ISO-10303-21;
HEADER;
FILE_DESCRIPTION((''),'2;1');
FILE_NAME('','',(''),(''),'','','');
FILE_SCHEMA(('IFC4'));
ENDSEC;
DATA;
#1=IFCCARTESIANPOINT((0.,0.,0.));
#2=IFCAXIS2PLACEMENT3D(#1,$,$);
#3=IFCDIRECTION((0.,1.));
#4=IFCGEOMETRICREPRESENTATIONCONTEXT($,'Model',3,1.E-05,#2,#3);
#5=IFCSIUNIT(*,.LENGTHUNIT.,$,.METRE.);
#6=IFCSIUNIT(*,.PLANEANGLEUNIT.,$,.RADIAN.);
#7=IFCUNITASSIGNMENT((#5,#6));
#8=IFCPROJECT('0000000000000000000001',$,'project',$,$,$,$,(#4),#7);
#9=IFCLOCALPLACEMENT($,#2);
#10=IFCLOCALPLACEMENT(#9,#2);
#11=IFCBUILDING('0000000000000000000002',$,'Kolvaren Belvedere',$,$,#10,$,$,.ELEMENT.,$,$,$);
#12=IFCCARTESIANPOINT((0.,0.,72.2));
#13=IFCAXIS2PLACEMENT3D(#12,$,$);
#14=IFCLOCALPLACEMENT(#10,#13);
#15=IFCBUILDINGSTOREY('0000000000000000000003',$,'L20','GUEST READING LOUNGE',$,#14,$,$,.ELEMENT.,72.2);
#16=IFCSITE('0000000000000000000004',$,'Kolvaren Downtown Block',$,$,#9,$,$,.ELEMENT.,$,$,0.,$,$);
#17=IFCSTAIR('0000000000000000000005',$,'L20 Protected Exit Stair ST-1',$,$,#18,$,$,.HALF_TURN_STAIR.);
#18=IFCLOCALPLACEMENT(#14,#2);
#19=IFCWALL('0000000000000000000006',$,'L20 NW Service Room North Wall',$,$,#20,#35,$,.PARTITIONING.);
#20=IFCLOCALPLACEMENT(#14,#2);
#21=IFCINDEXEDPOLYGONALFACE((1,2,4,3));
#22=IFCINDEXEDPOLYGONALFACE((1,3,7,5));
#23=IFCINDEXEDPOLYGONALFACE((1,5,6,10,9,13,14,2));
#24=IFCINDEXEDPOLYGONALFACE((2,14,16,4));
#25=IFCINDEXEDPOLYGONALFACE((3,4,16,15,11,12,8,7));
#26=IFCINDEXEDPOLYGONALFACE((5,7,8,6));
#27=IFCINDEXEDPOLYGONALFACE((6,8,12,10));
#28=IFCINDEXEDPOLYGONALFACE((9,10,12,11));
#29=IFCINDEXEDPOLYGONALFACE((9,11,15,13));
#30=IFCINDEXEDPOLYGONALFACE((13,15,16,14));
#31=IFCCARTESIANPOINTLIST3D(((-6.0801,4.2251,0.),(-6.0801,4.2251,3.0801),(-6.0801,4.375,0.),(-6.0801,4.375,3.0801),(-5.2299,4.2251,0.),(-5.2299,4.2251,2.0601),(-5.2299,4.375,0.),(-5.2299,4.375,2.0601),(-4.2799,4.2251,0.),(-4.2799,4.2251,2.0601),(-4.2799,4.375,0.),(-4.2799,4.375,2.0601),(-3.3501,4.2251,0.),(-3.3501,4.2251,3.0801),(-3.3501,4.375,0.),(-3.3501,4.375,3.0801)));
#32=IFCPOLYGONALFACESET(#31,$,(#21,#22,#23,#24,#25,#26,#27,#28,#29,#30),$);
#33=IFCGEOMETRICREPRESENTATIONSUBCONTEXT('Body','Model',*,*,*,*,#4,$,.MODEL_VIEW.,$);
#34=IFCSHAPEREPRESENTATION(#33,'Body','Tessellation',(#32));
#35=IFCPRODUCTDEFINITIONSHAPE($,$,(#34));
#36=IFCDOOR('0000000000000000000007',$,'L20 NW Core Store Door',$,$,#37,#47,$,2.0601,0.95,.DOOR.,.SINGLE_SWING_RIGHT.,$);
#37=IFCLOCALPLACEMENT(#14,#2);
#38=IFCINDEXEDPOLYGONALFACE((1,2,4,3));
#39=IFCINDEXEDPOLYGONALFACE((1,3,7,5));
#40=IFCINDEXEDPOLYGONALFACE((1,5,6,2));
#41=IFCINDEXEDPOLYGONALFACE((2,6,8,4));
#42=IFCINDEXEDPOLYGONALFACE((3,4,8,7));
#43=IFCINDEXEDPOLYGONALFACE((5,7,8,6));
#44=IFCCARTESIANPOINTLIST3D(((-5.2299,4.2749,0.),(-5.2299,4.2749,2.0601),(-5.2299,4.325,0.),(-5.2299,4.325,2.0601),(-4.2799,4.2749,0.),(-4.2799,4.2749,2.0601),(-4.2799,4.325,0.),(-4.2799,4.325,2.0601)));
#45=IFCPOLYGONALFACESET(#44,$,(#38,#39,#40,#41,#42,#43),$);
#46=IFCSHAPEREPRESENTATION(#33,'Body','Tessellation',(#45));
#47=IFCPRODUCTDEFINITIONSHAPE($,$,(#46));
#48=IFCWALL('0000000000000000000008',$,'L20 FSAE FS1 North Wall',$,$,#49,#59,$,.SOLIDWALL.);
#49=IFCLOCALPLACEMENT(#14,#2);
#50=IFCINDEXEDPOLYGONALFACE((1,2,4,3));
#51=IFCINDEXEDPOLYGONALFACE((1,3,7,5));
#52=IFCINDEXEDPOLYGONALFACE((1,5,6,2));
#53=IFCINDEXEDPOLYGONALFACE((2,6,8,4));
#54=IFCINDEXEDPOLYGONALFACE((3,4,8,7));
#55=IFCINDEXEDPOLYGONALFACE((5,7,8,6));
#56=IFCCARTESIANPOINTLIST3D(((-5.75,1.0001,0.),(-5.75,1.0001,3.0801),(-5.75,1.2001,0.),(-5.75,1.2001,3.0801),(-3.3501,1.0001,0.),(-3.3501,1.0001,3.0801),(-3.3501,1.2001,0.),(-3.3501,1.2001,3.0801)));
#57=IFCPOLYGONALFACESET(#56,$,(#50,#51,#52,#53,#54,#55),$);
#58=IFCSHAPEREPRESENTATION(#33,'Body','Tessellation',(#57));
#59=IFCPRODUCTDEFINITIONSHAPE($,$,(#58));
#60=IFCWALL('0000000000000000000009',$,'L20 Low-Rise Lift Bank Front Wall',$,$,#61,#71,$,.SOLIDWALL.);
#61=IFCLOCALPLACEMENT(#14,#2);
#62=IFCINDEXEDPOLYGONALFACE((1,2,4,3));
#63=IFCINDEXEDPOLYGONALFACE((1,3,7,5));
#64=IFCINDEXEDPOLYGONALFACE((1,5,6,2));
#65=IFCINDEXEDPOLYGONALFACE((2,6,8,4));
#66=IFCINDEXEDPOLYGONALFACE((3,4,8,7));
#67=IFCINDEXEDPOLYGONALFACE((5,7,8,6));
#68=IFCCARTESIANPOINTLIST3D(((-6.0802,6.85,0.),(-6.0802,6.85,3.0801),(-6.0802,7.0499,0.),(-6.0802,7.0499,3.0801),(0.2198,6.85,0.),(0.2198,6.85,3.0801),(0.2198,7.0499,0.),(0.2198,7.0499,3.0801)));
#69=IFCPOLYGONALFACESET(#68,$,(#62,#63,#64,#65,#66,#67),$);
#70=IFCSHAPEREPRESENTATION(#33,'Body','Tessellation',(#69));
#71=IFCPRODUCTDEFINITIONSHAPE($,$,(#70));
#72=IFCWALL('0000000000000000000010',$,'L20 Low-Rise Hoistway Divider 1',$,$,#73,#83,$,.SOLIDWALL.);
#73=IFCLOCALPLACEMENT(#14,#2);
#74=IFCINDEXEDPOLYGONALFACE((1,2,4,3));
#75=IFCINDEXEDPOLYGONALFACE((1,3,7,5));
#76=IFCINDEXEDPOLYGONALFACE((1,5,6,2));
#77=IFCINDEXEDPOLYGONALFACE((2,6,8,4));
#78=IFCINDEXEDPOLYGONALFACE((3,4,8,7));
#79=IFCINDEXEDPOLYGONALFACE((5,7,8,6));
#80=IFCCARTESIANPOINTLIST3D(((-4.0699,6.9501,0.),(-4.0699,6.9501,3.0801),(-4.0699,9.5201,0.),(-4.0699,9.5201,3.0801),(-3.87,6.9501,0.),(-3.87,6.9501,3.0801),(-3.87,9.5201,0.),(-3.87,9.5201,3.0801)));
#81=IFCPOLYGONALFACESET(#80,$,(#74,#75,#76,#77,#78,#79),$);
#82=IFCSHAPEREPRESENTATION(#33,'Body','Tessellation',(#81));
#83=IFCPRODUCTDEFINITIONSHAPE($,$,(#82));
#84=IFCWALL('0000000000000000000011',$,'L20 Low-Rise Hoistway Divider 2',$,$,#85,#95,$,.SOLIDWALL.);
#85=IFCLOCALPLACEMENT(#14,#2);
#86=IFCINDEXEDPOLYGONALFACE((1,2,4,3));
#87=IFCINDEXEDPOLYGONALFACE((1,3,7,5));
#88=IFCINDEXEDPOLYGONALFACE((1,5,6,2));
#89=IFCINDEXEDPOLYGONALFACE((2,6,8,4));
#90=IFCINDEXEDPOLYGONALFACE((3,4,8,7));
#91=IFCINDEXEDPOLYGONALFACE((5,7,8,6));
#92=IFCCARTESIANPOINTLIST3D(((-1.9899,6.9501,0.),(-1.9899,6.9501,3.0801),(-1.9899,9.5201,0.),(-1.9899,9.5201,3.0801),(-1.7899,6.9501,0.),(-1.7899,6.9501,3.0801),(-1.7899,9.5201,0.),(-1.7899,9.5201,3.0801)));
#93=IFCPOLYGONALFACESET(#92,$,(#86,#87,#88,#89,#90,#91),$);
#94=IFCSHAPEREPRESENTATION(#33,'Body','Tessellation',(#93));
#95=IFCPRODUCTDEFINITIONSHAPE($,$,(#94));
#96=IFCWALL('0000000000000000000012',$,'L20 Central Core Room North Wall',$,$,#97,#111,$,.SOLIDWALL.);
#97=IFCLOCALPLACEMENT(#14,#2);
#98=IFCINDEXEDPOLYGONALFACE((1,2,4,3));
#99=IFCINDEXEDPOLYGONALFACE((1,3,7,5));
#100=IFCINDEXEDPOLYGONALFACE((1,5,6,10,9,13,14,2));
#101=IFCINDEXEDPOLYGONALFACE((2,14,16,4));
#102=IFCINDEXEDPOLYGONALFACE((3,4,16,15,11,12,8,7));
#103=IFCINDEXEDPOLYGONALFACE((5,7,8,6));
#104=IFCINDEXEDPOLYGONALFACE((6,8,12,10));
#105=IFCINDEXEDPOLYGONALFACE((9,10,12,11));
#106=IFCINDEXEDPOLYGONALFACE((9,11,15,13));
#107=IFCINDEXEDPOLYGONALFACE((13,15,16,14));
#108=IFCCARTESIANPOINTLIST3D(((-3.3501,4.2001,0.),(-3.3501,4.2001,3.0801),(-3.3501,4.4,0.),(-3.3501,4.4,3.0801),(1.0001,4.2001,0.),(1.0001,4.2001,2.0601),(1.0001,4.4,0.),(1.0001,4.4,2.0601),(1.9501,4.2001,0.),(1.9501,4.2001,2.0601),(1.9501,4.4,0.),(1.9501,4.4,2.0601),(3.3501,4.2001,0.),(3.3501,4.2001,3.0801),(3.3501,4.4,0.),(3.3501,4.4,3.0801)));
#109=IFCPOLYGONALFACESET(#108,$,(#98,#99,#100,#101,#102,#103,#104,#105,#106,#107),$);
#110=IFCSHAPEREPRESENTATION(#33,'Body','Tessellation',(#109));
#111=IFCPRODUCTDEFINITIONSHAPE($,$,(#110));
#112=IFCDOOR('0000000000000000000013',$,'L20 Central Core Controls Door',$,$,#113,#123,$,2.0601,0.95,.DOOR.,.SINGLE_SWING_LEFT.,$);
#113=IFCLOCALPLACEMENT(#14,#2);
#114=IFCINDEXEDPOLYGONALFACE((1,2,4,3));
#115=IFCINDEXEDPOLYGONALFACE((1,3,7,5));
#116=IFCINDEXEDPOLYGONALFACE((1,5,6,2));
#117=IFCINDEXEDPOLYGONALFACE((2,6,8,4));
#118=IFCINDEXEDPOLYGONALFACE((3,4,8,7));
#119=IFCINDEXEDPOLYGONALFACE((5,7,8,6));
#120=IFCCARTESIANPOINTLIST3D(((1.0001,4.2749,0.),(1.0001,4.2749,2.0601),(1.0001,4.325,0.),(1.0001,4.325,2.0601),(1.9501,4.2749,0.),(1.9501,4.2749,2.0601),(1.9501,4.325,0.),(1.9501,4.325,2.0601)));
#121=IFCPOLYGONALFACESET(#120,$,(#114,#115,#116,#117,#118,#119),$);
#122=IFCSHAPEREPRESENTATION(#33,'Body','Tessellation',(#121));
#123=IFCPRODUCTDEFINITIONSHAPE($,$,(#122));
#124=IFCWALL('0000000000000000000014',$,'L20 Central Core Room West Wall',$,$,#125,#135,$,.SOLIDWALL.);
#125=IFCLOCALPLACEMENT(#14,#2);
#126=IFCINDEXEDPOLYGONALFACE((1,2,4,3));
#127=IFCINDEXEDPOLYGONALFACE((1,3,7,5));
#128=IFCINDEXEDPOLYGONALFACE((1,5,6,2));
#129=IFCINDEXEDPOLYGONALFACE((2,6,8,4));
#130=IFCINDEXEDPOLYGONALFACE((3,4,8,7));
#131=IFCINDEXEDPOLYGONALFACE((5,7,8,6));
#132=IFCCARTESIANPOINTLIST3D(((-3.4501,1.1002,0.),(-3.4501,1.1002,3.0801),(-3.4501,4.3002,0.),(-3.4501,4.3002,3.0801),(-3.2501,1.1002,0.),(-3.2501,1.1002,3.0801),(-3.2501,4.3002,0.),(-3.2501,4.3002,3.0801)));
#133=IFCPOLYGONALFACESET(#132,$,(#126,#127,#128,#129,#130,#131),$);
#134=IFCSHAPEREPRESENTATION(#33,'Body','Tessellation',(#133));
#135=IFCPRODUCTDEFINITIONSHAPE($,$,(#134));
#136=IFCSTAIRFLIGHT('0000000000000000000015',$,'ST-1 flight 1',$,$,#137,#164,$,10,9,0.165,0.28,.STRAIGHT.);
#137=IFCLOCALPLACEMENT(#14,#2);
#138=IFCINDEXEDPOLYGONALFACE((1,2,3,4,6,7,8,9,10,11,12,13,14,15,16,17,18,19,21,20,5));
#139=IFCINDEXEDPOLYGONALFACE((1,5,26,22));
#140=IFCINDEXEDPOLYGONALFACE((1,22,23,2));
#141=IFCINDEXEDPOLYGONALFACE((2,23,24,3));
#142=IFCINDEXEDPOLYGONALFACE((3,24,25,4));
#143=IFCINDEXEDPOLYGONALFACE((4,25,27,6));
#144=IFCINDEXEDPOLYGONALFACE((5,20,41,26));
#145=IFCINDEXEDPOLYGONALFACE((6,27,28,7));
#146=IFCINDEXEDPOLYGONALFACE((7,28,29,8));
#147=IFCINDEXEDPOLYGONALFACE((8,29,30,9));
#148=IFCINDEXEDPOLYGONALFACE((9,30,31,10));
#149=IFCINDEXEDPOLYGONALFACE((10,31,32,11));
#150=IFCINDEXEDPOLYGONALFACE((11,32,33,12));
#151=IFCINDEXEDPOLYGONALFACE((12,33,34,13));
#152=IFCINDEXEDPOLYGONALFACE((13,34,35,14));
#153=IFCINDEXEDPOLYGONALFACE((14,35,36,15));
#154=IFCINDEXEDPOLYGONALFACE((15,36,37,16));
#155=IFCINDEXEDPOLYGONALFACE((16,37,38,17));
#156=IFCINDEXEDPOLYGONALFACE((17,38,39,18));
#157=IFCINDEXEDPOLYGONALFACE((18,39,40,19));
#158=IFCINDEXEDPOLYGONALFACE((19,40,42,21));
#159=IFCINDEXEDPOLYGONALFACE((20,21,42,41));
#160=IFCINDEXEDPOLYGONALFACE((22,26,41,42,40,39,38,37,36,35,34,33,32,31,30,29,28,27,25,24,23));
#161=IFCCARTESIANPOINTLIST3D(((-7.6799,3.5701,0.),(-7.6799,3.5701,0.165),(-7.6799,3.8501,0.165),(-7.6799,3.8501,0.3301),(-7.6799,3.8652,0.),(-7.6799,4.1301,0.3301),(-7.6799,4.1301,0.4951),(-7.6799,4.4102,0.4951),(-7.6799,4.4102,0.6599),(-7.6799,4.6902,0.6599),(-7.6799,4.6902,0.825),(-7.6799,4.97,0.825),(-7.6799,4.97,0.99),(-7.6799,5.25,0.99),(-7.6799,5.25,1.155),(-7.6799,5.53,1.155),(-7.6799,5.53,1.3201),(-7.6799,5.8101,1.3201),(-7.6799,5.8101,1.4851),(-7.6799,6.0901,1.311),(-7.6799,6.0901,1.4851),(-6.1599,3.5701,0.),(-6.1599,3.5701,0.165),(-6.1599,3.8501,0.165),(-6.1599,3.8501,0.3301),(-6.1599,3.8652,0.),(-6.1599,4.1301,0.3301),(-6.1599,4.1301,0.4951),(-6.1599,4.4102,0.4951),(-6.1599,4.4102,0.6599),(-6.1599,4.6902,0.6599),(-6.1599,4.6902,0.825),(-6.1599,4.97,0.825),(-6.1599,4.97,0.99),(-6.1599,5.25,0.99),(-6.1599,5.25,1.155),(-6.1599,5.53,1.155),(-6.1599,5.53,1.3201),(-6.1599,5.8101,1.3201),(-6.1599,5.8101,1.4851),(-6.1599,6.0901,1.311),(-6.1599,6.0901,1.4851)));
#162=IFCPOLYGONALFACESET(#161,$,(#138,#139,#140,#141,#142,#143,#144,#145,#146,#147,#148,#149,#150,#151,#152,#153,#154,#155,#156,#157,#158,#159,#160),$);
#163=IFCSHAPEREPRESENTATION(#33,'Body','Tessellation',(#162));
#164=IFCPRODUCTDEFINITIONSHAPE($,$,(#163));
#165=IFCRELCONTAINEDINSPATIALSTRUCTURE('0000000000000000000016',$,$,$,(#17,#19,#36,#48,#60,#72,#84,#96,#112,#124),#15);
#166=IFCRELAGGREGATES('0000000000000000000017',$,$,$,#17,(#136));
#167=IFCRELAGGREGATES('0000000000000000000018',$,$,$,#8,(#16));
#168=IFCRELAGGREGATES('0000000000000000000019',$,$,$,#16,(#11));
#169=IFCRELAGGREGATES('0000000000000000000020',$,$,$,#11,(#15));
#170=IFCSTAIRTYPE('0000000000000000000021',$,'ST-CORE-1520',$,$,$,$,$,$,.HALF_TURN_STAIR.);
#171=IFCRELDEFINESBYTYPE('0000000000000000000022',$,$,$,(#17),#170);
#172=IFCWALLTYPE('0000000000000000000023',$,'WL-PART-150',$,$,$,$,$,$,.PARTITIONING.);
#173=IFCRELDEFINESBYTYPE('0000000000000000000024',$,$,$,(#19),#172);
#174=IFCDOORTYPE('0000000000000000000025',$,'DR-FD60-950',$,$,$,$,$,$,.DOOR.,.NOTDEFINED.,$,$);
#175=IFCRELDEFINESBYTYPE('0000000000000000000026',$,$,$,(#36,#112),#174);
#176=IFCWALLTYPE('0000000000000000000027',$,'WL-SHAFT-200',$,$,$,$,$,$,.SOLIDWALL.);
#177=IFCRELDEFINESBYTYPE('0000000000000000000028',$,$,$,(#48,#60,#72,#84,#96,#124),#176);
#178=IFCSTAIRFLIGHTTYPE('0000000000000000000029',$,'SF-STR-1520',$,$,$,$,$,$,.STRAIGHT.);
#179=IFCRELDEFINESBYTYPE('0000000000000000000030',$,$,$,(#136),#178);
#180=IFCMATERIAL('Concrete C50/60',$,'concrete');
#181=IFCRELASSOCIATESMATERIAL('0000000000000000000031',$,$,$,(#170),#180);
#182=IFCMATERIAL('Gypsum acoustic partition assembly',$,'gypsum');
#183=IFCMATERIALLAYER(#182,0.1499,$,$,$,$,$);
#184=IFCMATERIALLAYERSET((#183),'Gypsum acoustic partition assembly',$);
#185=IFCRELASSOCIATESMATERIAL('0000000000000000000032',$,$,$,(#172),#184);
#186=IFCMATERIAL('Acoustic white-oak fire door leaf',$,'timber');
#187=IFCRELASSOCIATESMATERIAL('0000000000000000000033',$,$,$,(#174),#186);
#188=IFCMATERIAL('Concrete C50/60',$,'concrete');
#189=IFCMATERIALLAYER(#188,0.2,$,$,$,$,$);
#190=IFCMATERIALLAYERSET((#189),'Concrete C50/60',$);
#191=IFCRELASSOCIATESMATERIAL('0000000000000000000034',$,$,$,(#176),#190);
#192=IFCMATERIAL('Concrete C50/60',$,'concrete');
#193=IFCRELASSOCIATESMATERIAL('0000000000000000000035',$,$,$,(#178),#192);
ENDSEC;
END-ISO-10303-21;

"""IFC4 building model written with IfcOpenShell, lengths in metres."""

from ifc_helpers import new_model, si_unit, direction, frame, frame_2d, origin, place, context, subcontext, project, spatial, polyline, rectangle, outline, extrude, material, layer, layer_set, type_object, element, fill, aggregate, save


model = new_model("IFC4")

# Units and contexts
model_context = context("Model", 3, precision=1e-05, world=origin(), true_north=direction((0.0, 1.0)))
body_context = subcontext(model_context, "Body", "Model", "MODEL_VIEW")
ifc_project = project(units=[si_unit("LENGTHUNIT", "METRE"), si_unit("PLANEANGLEUNIT", "RADIAN")], contexts=[model_context])

# Site, building, storey
site_placement = place(None, origin())
site = spatial("IfcSite", under=ifc_project, at=site_placement, Name="Kolvaren Downtown Block", CompositionType="ELEMENT", RefElevation=0.0)
building_placement = place(site_placement, origin())
building = spatial("IfcBuilding", under=site, at=building_placement, Name="Kolvaren Belvedere", CompositionType="ELEMENT")
storey_placement = place(building_placement, frame((0.0, 0.0, 72.2)))
storey = spatial("IfcBuildingStorey", under=building, at=storey_placement, Name="L20", Description="GUEST READING LOUNGE", CompositionType="ELEMENT", Elevation=72.2)

# Stair
ifc_material_1 = material(Name="Concrete C50/60", Category="concrete")
stair_type = type_object("IfcStairType", Name="ST-CORE-1520", PredefinedType="HALF_TURN_STAIR", material=ifc_material_1)
stair_1_placement = place(storey_placement, origin())
stair_1 = element("IfcStair", 1, at=stair_1_placement, inside=storey, type_object=stair_type, Name="L20 Protected Exit Stair ST-1", PredefinedType="HALF_TURN_STAIR")

# Wall, opening, door
ifc_material_2 = material(Name="Gypsum acoustic partition assembly", Category="gypsum")
ifc_layer_1 = layer(ifc_material_2, 0.1499)
ifc_layer_set_1 = layer_set([ifc_layer_1], Name="Gypsum acoustic partition assembly")
wall_type_1 = type_object("IfcWallType", Name="WL-PART-150", PredefinedType="PARTITIONING", material=ifc_layer_set_1)
wall_1_placement = place(storey_placement, frame((-6.0801, 4.3, 0.0), z_axis=(0.0, 0.0, 1.0), x_axis=(1.0, 0.0, 0.0)))
wall_1 = element("IfcWall", 2, at=wall_1_placement, inside=storey, type_object=wall_type_1, Name="L20 NW Service Room North Wall", PredefinedType="PARTITIONING", context=body_context, shape_type="SweptSolid", body=[
    extrude(rectangle(XDim=2.73, YDim=0.1499, at=frame_2d((1.365, 0.0))), origin(), (0.0, 0.0, 1.0), 3.0801),
])
opening_1_placement = place(wall_1_placement, frame((0.8501, 0.0, 0.0)))
opening_1 = element("IfcOpeningElement", 3, at=opening_1_placement, cuts=wall_1, PredefinedType="OPENING", context=body_context, shape_type="SweptSolid", body=[
    extrude(rectangle(XDim=0.95, YDim=2.0601, at=frame_2d((0.4751, 1.03))), frame((0.0, 0.085, 0.0), z_axis=(0.0, -1.0, 0.0), x_axis=(1.0, 0.0, 0.0)), (0.0, 0.0, 1.0), 0.1699),
])
ifc_material_3 = material(Name="Acoustic white-oak fire door leaf", Category="timber")
door_type = type_object("IfcDoorType", Name="DR-FD60-950", OperationType="NOTDEFINED", PredefinedType="DOOR", material=ifc_material_3)
door_1_placement = place(opening_1_placement, origin())
door_1 = element("IfcDoor", 4, at=door_1_placement, inside=storey, type_object=door_type, Name="L20 NW Core Store Door", OperationType="SINGLE_SWING_RIGHT", OverallHeight=2.0601, OverallWidth=0.95, PredefinedType="DOOR", context=body_context, shape_type="SweptSolid", body=[
    extrude(rectangle(XDim=0.95, YDim=2.0601, at=frame_2d((0.4751, 1.03))), frame((0.0, 0.0249, 0.0), z_axis=(0.0, -1.0, 0.0), x_axis=(1.0, 0.0, 0.0)), (0.0, 0.0, 1.0), 0.05),
])
fill(opening_1, door_1)

# Walls
ifc_material_4 = material(Name="Concrete C50/60", Category="concrete")
ifc_layer_2 = layer(ifc_material_4, 0.2)
ifc_layer_set_2 = layer_set([ifc_layer_2], Name="Concrete C50/60")
wall_type_2 = type_object("IfcWallType", Name="WL-SHAFT-200", PredefinedType="SOLIDWALL", material=ifc_layer_set_2)
wall_2_placement = place(storey_placement, frame((-5.75, 1.1001, 0.0), z_axis=(0.0, 0.0, 1.0), x_axis=(1.0, 0.0, 0.0)))
element("IfcWall", 5, at=wall_2_placement, inside=storey, type_object=wall_type_2, Name="L20 FSAE FS1 North Wall", PredefinedType="SOLIDWALL", context=body_context, shape_type="SweptSolid", body=[
    extrude(rectangle(XDim=2.3999, YDim=0.2, at=frame_2d((1.2, 0.0))), origin(), (0.0, 0.0, 1.0), 3.0801),
])
wall_3_placement = place(storey_placement, frame((-6.0801, 6.95, 0.0), z_axis=(0.0, 0.0, 1.0), x_axis=(1.0, 0.0, 0.0)))
element("IfcWall", 6, at=wall_3_placement, inside=storey, type_object=wall_type_2, Name="L20 Low-Rise Lift Bank Front Wall", PredefinedType="SOLIDWALL", context=body_context, shape_type="SweptSolid", body=[
    extrude(rectangle(XDim=6.3, YDim=0.2, at=frame_2d((3.1499, 0.0))), origin(), (0.0, 0.0, 1.0), 3.0801),
])
for number, where, z_axis, x_axis, name in (
    (7, (-3.97, 6.95, 0.0), (0.0, 0.0, 1.0), (0.0, 1.0, 0.0), "L20 Low-Rise Hoistway Divider 1"),
    (8, (-1.8899, 6.95, 0.0), (0.0, 0.0, 1.0), (0.0, 1.0, 0.0), "L20 Low-Rise Hoistway Divider 2"),
):
    element("IfcWall", number, at=place(storey_placement, frame(where, z_axis=z_axis, x_axis=x_axis)), inside=storey, type_object=wall_type_2, Name=name, PredefinedType="SOLIDWALL", context=body_context, shape_type="SweptSolid", body=[
        extrude(rectangle(XDim=2.5701, YDim=0.2, at=frame_2d((1.2852, 0.0))), origin(), (0.0, 0.0, 1.0), 3.0801),
    ])

# Wall, opening, door
wall_4_placement = place(storey_placement, frame((-3.3501, 4.3, 0.0), z_axis=(0.0, 0.0, 1.0), x_axis=(1.0, 0.0, 0.0)))
wall_4 = element("IfcWall", 9, at=wall_4_placement, inside=storey, type_object=wall_type_2, Name="L20 Central Core Room North Wall", PredefinedType="SOLIDWALL", context=body_context, shape_type="SweptSolid", body=[
    extrude(rectangle(XDim=6.7002, YDim=0.2, at=frame_2d((3.3501, 0.0))), origin(), (0.0, 0.0, 1.0), 3.0801),
])
opening_2_placement = place(wall_4_placement, frame((4.3501, 0.0, 0.0)))
opening_2 = element("IfcOpeningElement", 10, at=opening_2_placement, cuts=wall_4, PredefinedType="OPENING", context=body_context, shape_type="SweptSolid", body=[
    extrude(rectangle(XDim=0.95, YDim=2.0601, at=frame_2d((0.4751, 1.03))), frame((0.0, 0.1099, 0.0), z_axis=(0.0, -1.0, 0.0), x_axis=(1.0, 0.0, 0.0)), (0.0, 0.0, 1.0), 0.22),
])
door_2_placement = place(opening_2_placement, origin())
door_2 = element("IfcDoor", 11, at=door_2_placement, inside=storey, type_object=door_type, Name="L20 Central Core Controls Door", OperationType="SINGLE_SWING_LEFT", OverallHeight=2.0601, OverallWidth=0.95, PredefinedType="DOOR", context=body_context, shape_type="SweptSolid", body=[
    extrude(rectangle(XDim=0.95, YDim=2.0601, at=frame_2d((0.4751, 1.03))), frame((0.0, 0.0249, 0.0), z_axis=(0.0, -1.0, 0.0), x_axis=(1.0, 0.0, 0.0)), (0.0, 0.0, 1.0), 0.05),
])
fill(opening_2, door_2)

# Wall
wall_5_placement = place(storey_placement, frame((-3.3501, 1.1001, 0.0), z_axis=(0.0, 0.0, 1.0), x_axis=(0.0, 1.0, 0.0)))
element("IfcWall", 12, at=wall_5_placement, inside=storey, type_object=wall_type_2, Name="L20 Central Core Room West Wall", PredefinedType="SOLIDWALL", context=body_context, shape_type="SweptSolid", body=[
    extrude(rectangle(XDim=3.2, YDim=0.2, at=frame_2d((1.6001, 0.0))), origin(), (0.0, 0.0, 1.0), 3.0801),
])

# Stair flight
ifc_material_5 = material(Name="Concrete C50/60", Category="concrete")
stair_flight_type = type_object("IfcStairFlightType", Name="SF-STR-1520", PredefinedType="STRAIGHT", material=ifc_material_5)
stair_flight_1_placement = place(storey_placement, frame((-6.9199, 3.5701, 0.0), z_axis=(0.0, 0.0, 1.0), x_axis=(0.0, 1.0, 0.0)))
stair_flight_1 = element("IfcStairFlight", 13, at=stair_flight_1_placement, type_object=stair_flight_type, Name="ST-1 flight 1", NumberOfRisers=10, NumberOfTreads=9, PredefinedType="STRAIGHT", RiserHeight=0.165, TreadLength=0.28, context=body_context, shape_type="SweptSolid", body=[
    extrude(outline(polyline([(0.0, 0.0), (0.0, 0.165), (0.28, 0.165), (0.28, 0.3301), (0.5601, 0.3301), (0.5601, 0.4951), (0.8401, 0.4951), (0.8401, 0.6599), (1.1201, 0.6599), (1.1201, 0.825), (1.3999, 0.825), (1.3999, 0.99), (1.6799, 0.99), (1.6799, 1.155), (1.96, 1.155), (1.96, 1.3201), (2.24, 1.3201), (2.24, 1.4851), (2.52, 1.4851), (2.52, 1.6499), (2.52, 1.311), (0.2952, 0.0), (0.0, 0.0)])), frame((0.0, 0.76, 0.0), z_axis=(0.0, -1.0, 0.0), x_axis=(1.0, 0.0, 0.0)), (0.0, 0.0, 1.0), 1.52),
])
aggregate(stair_1, [stair_flight_1])

save(model, "model.ifc")
